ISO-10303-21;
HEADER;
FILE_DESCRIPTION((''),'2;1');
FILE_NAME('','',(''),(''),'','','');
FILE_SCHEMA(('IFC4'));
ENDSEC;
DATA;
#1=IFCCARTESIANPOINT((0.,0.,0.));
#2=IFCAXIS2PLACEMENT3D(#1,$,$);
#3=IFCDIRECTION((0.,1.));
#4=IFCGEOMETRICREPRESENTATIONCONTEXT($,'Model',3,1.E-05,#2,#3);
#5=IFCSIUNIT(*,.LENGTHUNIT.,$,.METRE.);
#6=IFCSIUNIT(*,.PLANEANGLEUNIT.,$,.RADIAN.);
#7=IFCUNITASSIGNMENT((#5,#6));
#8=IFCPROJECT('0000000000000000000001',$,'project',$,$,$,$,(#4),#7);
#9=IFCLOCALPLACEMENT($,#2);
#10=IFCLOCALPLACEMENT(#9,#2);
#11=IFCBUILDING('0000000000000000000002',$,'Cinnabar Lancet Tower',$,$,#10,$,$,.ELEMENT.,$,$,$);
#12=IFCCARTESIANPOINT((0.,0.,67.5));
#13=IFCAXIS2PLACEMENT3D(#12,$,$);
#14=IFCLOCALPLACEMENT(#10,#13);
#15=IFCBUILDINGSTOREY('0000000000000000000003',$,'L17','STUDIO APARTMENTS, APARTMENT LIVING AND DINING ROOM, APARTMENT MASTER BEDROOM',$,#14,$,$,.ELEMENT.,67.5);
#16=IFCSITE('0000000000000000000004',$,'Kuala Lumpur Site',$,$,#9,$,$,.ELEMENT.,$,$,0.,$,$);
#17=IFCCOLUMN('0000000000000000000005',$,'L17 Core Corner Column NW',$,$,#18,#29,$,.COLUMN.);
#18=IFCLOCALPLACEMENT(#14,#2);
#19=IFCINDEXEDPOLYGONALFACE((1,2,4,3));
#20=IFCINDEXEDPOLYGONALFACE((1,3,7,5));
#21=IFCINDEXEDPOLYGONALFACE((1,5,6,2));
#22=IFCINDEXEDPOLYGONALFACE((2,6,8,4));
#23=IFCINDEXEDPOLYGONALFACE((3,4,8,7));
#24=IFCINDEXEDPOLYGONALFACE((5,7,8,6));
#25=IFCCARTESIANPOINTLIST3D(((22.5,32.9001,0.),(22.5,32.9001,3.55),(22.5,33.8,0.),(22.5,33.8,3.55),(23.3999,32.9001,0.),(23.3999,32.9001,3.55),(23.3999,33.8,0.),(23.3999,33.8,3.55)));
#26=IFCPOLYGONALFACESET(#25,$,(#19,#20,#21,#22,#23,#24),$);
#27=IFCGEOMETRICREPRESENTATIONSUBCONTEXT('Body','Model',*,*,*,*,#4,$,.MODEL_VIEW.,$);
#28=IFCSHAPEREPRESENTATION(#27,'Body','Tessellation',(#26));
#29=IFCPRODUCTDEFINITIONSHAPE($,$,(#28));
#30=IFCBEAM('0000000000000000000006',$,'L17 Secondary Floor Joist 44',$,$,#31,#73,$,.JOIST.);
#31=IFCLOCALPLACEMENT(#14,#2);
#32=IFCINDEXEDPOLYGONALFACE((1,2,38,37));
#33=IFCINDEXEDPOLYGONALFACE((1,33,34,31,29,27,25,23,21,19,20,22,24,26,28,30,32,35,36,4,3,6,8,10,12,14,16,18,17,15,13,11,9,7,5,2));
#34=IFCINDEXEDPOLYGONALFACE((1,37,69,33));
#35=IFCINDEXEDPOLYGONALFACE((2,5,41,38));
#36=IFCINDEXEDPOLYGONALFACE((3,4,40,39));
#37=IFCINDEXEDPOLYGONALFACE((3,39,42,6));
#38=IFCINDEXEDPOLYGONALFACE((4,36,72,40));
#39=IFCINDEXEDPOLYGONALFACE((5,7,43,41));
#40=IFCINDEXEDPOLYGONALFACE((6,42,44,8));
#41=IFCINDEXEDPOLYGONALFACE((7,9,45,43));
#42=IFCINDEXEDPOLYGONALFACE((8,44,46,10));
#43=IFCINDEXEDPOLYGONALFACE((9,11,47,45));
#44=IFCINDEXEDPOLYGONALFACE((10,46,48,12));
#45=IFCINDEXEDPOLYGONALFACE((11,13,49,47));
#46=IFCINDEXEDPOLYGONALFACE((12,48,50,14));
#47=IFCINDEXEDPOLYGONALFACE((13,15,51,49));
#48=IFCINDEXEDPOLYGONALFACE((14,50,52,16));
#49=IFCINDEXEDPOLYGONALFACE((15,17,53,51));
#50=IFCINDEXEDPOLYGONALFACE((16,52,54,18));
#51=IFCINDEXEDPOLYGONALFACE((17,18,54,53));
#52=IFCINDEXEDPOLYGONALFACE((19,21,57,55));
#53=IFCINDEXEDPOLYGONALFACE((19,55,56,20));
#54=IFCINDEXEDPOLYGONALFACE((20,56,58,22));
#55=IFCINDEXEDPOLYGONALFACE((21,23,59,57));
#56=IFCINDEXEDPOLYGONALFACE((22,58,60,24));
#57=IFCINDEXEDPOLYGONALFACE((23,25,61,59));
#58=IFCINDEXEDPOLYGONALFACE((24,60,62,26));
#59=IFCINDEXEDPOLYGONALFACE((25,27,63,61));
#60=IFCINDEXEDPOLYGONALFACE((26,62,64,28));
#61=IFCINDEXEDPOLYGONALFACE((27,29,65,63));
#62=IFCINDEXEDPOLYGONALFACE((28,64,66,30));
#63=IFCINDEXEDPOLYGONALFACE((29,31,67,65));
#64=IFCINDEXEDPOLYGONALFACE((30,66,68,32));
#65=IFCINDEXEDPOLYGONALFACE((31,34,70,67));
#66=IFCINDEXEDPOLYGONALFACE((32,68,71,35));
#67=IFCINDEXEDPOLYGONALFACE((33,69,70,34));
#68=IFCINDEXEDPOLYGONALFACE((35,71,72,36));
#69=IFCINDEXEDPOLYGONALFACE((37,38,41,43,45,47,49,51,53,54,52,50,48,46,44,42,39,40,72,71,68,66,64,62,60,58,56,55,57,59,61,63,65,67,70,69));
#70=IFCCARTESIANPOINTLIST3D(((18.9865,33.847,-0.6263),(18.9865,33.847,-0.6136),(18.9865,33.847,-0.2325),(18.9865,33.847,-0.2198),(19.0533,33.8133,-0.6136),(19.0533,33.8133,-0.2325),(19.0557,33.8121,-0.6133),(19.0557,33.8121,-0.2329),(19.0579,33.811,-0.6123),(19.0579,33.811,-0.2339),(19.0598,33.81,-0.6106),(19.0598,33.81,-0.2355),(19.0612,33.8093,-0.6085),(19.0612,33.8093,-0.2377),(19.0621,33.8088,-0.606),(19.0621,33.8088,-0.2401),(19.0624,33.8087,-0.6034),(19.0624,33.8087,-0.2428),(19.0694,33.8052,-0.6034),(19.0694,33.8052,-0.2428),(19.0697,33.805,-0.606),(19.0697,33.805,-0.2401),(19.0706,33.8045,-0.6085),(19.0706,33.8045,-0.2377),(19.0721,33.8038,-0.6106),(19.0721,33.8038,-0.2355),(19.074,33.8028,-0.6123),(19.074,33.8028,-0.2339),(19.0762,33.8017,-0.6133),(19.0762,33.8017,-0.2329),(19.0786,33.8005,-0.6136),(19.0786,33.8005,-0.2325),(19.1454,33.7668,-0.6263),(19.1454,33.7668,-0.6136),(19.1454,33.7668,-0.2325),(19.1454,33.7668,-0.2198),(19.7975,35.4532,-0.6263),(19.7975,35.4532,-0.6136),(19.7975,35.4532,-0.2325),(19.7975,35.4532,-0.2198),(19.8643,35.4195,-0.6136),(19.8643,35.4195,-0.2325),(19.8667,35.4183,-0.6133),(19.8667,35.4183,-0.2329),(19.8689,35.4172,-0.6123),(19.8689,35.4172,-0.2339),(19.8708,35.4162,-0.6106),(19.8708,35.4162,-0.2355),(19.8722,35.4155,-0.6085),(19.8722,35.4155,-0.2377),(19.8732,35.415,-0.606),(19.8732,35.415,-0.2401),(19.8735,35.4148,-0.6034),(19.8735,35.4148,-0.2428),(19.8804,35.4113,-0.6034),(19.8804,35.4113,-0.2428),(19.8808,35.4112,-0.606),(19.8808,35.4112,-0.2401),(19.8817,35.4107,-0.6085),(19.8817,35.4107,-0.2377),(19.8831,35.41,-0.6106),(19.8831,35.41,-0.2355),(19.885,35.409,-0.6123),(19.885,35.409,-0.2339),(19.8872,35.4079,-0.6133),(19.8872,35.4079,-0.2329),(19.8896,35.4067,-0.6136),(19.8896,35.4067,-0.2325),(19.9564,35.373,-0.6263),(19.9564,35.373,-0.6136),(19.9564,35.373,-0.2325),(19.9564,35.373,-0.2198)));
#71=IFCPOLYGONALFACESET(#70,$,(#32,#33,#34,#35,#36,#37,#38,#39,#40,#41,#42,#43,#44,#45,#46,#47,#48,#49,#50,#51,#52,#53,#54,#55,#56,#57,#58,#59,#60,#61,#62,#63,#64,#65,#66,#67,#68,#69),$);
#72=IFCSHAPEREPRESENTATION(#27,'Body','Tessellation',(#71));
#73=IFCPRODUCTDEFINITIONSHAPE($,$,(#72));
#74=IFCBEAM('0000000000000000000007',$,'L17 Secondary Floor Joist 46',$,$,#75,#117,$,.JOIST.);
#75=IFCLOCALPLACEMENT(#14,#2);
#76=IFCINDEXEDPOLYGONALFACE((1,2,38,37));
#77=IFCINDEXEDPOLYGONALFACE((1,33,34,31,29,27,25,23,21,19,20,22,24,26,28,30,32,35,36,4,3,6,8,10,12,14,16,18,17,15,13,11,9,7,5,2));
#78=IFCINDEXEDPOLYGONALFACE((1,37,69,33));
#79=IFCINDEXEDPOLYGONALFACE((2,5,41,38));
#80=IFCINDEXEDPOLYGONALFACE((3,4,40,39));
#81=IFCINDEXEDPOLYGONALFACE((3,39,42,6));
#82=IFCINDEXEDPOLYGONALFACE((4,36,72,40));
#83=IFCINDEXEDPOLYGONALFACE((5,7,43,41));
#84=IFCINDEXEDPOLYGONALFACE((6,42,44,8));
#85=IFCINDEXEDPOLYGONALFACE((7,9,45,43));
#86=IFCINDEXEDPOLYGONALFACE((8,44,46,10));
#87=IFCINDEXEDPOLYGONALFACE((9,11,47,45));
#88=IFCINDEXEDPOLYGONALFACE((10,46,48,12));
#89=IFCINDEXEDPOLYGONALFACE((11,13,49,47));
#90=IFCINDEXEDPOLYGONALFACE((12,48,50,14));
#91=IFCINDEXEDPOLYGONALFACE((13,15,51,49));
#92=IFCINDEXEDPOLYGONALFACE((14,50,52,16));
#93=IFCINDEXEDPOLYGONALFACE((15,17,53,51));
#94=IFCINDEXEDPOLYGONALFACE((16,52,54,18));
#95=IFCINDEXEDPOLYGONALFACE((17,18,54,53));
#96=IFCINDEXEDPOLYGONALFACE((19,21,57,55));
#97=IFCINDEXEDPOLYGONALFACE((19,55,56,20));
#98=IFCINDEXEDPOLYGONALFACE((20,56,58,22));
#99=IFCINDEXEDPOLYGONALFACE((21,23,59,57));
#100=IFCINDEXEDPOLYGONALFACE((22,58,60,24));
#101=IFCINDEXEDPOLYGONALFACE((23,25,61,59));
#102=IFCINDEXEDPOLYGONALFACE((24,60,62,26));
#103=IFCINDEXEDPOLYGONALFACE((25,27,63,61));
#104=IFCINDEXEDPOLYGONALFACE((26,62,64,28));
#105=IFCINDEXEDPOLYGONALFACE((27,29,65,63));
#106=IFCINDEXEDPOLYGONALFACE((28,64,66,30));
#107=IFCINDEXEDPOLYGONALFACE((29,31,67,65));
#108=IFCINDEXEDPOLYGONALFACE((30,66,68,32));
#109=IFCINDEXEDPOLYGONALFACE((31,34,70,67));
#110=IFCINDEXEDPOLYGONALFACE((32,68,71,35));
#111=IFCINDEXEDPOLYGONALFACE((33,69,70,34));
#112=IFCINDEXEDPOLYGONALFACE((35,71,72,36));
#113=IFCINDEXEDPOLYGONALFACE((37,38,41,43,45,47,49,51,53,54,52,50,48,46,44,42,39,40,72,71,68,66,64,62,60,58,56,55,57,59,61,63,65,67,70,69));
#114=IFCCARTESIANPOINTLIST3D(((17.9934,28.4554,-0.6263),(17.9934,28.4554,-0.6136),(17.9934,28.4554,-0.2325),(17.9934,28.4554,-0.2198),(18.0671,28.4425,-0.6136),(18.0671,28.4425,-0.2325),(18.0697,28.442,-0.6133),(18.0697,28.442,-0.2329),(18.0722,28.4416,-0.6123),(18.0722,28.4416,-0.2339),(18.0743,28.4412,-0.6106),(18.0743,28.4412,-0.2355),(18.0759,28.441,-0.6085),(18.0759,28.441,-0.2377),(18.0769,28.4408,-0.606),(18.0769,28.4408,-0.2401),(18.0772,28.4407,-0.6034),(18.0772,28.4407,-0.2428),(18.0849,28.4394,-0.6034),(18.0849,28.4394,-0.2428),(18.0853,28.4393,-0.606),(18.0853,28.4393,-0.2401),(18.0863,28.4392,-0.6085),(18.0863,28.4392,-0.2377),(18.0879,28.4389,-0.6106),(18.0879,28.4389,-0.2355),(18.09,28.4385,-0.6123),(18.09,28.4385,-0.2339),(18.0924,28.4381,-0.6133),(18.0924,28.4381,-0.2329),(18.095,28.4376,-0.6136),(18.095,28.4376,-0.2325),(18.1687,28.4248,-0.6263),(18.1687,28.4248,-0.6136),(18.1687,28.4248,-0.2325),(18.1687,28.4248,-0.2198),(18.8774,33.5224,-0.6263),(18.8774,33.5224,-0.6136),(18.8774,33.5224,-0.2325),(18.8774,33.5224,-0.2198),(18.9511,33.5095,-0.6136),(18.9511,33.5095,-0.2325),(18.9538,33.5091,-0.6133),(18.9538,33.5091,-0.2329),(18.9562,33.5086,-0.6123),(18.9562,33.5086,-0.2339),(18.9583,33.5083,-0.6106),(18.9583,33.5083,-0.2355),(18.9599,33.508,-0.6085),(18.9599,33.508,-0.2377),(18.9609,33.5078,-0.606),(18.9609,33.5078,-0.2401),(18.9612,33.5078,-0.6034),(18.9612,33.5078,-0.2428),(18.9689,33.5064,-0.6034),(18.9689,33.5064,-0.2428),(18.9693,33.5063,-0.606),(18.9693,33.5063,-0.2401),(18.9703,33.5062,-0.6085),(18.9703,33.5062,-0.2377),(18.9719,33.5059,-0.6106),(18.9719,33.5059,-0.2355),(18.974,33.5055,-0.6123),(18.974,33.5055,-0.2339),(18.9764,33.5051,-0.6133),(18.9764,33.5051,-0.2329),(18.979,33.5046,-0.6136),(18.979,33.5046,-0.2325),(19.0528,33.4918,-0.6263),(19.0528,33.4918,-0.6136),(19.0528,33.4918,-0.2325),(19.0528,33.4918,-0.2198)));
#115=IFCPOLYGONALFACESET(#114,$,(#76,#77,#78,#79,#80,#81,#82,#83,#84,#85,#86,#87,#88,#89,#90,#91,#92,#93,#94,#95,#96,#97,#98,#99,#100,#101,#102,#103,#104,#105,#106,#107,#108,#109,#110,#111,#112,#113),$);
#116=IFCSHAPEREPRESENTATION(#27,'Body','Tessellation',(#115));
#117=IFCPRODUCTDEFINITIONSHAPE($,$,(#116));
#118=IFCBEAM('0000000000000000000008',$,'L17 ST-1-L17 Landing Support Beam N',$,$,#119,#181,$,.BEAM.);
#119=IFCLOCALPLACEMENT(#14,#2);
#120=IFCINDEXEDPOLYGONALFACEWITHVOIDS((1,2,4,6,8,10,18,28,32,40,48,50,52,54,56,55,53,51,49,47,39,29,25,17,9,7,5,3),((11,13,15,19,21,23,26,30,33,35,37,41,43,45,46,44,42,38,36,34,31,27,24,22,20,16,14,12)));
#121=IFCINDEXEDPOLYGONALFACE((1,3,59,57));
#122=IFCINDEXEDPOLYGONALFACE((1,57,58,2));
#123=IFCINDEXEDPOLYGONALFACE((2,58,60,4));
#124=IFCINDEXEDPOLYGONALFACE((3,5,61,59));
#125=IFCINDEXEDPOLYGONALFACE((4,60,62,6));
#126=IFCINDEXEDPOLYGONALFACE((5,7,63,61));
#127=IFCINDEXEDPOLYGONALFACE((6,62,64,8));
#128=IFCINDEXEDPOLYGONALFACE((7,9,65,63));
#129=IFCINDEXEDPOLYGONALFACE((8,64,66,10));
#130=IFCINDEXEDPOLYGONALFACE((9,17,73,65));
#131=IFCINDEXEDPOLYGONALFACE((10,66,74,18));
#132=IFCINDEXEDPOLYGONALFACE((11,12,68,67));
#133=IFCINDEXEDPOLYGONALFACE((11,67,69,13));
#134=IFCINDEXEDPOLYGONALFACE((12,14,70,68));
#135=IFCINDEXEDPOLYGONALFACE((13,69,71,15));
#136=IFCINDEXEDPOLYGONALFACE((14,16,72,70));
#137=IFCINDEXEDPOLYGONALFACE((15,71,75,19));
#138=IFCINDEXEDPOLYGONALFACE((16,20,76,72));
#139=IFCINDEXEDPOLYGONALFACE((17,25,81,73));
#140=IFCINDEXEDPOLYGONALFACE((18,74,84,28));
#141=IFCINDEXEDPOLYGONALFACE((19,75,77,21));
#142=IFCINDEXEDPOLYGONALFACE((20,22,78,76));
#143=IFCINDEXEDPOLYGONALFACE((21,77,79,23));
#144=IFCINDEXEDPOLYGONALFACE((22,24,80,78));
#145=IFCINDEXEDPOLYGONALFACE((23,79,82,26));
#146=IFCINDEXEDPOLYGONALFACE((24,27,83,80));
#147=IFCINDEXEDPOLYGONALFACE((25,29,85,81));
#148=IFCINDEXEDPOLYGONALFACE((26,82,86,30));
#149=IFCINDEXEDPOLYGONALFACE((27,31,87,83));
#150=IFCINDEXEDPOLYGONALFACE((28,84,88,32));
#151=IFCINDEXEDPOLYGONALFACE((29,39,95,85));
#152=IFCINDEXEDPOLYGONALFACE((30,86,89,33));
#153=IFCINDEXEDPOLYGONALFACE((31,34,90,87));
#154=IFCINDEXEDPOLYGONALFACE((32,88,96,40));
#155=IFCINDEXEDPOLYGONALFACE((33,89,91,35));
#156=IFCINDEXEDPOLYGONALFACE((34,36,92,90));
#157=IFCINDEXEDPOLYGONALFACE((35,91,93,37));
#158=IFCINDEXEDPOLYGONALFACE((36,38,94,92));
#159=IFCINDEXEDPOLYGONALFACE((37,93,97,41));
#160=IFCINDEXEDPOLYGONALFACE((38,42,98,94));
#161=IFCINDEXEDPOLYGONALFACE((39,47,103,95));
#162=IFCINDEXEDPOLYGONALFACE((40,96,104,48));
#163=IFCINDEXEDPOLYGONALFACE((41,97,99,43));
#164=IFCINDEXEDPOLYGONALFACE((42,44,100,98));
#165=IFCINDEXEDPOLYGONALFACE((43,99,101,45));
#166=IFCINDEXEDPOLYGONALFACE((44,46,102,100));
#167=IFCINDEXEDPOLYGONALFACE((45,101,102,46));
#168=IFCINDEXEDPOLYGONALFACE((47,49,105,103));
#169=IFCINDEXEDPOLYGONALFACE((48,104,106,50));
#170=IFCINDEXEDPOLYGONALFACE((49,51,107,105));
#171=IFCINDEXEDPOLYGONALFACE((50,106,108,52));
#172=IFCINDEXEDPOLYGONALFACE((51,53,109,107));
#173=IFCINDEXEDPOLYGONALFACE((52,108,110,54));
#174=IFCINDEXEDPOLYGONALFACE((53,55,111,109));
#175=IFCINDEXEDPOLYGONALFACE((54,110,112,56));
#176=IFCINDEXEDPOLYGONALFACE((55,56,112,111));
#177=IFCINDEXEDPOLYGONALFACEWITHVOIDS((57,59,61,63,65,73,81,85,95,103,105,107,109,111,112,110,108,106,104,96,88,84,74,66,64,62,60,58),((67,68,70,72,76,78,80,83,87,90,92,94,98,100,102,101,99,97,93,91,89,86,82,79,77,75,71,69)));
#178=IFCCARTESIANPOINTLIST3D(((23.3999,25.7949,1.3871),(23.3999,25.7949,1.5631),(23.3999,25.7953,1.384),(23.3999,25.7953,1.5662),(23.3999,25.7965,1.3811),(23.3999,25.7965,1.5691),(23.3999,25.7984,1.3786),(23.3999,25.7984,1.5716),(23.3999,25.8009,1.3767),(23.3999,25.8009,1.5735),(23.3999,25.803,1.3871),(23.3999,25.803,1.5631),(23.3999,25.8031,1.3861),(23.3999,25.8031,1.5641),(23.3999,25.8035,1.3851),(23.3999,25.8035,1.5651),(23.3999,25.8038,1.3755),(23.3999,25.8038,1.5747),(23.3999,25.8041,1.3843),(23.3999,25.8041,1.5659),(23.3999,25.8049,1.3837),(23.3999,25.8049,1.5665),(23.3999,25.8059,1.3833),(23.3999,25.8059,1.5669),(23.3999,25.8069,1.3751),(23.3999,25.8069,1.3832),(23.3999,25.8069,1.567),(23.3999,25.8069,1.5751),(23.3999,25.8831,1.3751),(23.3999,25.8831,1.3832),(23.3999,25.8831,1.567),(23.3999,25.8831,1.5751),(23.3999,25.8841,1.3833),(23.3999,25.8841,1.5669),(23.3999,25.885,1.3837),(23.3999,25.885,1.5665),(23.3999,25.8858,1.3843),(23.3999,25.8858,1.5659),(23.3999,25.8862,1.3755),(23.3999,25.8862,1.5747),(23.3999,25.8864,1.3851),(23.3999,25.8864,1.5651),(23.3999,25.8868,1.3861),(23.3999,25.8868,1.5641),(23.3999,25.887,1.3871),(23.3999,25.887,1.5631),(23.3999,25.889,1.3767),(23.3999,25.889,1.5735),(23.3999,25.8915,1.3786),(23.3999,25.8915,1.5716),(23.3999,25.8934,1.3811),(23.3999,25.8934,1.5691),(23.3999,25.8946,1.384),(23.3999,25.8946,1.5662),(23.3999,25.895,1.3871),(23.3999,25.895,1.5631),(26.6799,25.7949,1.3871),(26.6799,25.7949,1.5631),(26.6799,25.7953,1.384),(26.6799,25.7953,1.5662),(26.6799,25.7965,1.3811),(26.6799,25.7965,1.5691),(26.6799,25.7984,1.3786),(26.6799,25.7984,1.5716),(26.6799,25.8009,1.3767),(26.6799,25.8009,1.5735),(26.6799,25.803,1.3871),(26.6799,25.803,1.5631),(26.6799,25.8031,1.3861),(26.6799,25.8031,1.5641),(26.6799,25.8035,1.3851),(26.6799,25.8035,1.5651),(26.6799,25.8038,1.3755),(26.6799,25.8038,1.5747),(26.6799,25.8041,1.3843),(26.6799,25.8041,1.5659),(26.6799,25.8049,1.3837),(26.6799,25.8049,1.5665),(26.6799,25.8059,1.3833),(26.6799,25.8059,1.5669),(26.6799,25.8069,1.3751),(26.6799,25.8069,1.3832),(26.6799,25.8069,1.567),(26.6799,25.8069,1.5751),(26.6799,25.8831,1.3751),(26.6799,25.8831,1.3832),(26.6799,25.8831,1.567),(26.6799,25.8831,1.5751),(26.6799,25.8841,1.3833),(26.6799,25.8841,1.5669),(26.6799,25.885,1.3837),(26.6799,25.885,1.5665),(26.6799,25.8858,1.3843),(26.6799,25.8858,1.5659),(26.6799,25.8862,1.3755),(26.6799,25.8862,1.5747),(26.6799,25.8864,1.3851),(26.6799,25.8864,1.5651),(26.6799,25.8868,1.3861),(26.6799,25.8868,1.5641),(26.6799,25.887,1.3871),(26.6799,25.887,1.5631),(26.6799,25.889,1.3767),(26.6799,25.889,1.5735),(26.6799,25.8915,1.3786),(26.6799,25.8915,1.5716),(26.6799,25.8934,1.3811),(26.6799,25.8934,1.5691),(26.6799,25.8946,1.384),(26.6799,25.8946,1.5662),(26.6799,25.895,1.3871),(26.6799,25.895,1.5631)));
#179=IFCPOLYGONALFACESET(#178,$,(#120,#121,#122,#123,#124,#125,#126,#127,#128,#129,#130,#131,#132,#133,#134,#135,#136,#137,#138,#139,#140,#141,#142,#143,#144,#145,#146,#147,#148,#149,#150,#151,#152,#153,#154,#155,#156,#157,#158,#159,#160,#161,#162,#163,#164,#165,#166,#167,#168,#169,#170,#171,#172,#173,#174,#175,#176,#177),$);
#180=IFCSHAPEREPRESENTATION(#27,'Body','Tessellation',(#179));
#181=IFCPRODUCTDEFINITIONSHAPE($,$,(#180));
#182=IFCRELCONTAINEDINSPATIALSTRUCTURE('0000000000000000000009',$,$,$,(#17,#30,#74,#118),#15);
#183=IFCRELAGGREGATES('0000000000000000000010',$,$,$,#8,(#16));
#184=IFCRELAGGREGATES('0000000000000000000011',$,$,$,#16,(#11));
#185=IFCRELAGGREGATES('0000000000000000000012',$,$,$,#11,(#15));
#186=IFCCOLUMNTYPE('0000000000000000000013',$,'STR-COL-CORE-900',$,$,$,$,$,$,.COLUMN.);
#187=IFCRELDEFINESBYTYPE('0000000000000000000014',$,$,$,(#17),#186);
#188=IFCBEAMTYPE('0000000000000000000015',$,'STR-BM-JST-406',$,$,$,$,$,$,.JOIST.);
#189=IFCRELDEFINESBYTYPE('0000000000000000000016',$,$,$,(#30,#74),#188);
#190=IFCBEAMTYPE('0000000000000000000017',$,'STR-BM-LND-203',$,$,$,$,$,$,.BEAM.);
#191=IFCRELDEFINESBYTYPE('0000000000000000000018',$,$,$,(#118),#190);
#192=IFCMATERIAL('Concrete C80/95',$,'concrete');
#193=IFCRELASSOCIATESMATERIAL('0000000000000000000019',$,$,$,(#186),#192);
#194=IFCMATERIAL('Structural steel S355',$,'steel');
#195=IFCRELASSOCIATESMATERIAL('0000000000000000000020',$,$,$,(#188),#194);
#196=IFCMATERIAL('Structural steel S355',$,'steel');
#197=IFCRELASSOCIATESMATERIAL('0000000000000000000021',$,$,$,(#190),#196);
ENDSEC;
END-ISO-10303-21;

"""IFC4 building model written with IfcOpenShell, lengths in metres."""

from ifc_helpers import new_model, si_unit, direction, frame, origin, origin_2d, place, context, subcontext, project, spatial, rectangle, hollow_rectangle, i_section, extrude, material, material_profile, profile_set, type_object, element, save


model = new_model("IFC4")

# Units and contexts
model_context = context("Model", 3, precision=1e-05, world=origin(), true_north=direction((0.0, 1.0)))
body_context = subcontext(model_context, "Body", "Model", "MODEL_VIEW")
ifc_project = project(units=[si_unit("LENGTHUNIT", "METRE"), si_unit("PLANEANGLEUNIT", "RADIAN")], contexts=[model_context])

# Site, building, storey
site_placement = place(None, origin())
site = spatial("IfcSite", under=ifc_project, at=site_placement, Name="Kuala Lumpur Site", CompositionType="ELEMENT", RefElevation=0.0)
building_placement = place(site_placement, origin())
building = spatial("IfcBuilding", under=site, at=building_placement, Name="Cinnabar Lancet Tower", CompositionType="ELEMENT")
storey_placement = place(building_placement, frame((0.0, 0.0, 67.5)))
storey = spatial("IfcBuildingStorey", under=building, at=storey_placement, Name="L17", Description="STUDIO APARTMENTS, APARTMENT LIVING AND DINING ROOM, APARTMENT MASTER BEDROOM", CompositionType="ELEMENT", Elevation=67.5)

# Column
ifc_material_1 = material(Name="Concrete C80/95", Category="concrete")
ifc_material_profile_1 = material_profile(ifc_material_1, rectangle(XDim=0.8999, YDim=0.8999, at=origin_2d()), Name="RC-COL 900x900")
ifc_profile_set_1 = profile_set([ifc_material_profile_1], Name="Concrete C80/95")
column_type = type_object("IfcColumnType", Name="STR-COL-CORE-900", PredefinedType="COLUMN", material=ifc_profile_set_1)
column_placement = place(storey_placement, frame((22.95, 33.3501, 0.0), z_axis=(0.0, 0.0, 1.0), x_axis=(1.0, 0.0, 0.0)))
element("IfcColumn", 1, at=column_placement, inside=storey, type_object=column_type, Name="L17 Core Corner Column NW", PredefinedType="COLUMN", context=body_context, shape_type="SweptSolid", body=[
    extrude(rectangle(XDim=0.8999, YDim=0.8999, at=origin_2d()), origin(), (0.0, 0.0, 1.0), 3.55),
])

# Beams
ifc_material_2 = material(Name="Structural steel S355", Category="steel")
ifc_material_profile_2 = material_profile(ifc_material_2, i_section(OverallWidth=0.178, OverallDepth=0.4065, WebThickness=0.0078, FlangeThickness=0.0127, FilletRadius=0.0103, at=origin_2d()), Name="UKB 406x178x60")
ifc_profile_set_2 = profile_set([ifc_material_profile_2], Name="Structural steel S355")
beam_type_1 = type_object("IfcBeamType", Name="STR-BM-JST-406", PredefinedType="JOIST", material=ifc_profile_set_2)
beam_1_placement = place(storey_placement, frame((19.877, 35.4131, -0.4231), z_axis=(-0.450738, -0.892656, 0.0), x_axis=(0.892656, -0.450738, 0.0)))
element("IfcBeam", 2, at=beam_1_placement, inside=storey, type_object=beam_type_1, Name="L17 Secondary Floor Joist 44", PredefinedType="JOIST", context=body_context, shape_type="SweptSolid", body=[
    extrude(i_section(OverallWidth=0.178, OverallDepth=0.4065, WebThickness=0.0078, FlangeThickness=0.0127, FilletRadius=0.0103, at=origin_2d()), origin(), (0.0, 0.0, 1.0), 1.7993),
])
beam_2_placement = place(storey_placement, frame((18.9651, 33.5071, -0.4231), z_axis=(-0.171868, -0.98512, 0.0), x_axis=(0.98512, -0.171868, 0.0)))
element("IfcBeam", 3, at=beam_2_placement, inside=storey, type_object=beam_type_1, Name="L17 Secondary Floor Joist 46", PredefinedType="JOIST", context=body_context, shape_type="SweptSolid", body=[
    extrude(i_section(OverallWidth=0.178, OverallDepth=0.4065, WebThickness=0.0078, FlangeThickness=0.0127, FilletRadius=0.0103, at=origin_2d()), origin(), (0.0, 0.0, 1.0), 5.1436),
])
ifc_material_3 = material(Name="Structural steel S355", Category="steel")
ifc_material_profile_3 = material_profile(ifc_material_3, hollow_rectangle(XDim=0.1001, YDim=0.2, WallThickness=0.0081, InnerFilletRadius=0.0039, OuterFilletRadius=0.012, at=origin_2d()), Name="RHS 200x100x8")
ifc_profile_set_3 = profile_set([ifc_material_profile_3], Name="Structural steel S355")
beam_type_2 = type_object("IfcBeamType", Name="STR-BM-LND-203", PredefinedType="BEAM", material=ifc_profile_set_3)
beam_3_placement = place(storey_placement, frame((23.3999, 25.845, 1.4751), z_axis=(1.0, 0.0, 0.0), x_axis=(0.0, 1.0, 0.0)))
element("IfcBeam", 4, at=beam_3_placement, inside=storey, type_object=beam_type_2, Name="L17 ST-1-L17 Landing Support Beam N", PredefinedType="BEAM", context=body_context, shape_type="SweptSolid", body=[
    extrude(hollow_rectangle(XDim=0.1001, YDim=0.2, WallThickness=0.0081, InnerFilletRadius=0.0039, OuterFilletRadius=0.012, at=origin_2d()), origin(), (0.0, 0.0, 1.0), 3.28),
])

save(model, "model.ifc")
